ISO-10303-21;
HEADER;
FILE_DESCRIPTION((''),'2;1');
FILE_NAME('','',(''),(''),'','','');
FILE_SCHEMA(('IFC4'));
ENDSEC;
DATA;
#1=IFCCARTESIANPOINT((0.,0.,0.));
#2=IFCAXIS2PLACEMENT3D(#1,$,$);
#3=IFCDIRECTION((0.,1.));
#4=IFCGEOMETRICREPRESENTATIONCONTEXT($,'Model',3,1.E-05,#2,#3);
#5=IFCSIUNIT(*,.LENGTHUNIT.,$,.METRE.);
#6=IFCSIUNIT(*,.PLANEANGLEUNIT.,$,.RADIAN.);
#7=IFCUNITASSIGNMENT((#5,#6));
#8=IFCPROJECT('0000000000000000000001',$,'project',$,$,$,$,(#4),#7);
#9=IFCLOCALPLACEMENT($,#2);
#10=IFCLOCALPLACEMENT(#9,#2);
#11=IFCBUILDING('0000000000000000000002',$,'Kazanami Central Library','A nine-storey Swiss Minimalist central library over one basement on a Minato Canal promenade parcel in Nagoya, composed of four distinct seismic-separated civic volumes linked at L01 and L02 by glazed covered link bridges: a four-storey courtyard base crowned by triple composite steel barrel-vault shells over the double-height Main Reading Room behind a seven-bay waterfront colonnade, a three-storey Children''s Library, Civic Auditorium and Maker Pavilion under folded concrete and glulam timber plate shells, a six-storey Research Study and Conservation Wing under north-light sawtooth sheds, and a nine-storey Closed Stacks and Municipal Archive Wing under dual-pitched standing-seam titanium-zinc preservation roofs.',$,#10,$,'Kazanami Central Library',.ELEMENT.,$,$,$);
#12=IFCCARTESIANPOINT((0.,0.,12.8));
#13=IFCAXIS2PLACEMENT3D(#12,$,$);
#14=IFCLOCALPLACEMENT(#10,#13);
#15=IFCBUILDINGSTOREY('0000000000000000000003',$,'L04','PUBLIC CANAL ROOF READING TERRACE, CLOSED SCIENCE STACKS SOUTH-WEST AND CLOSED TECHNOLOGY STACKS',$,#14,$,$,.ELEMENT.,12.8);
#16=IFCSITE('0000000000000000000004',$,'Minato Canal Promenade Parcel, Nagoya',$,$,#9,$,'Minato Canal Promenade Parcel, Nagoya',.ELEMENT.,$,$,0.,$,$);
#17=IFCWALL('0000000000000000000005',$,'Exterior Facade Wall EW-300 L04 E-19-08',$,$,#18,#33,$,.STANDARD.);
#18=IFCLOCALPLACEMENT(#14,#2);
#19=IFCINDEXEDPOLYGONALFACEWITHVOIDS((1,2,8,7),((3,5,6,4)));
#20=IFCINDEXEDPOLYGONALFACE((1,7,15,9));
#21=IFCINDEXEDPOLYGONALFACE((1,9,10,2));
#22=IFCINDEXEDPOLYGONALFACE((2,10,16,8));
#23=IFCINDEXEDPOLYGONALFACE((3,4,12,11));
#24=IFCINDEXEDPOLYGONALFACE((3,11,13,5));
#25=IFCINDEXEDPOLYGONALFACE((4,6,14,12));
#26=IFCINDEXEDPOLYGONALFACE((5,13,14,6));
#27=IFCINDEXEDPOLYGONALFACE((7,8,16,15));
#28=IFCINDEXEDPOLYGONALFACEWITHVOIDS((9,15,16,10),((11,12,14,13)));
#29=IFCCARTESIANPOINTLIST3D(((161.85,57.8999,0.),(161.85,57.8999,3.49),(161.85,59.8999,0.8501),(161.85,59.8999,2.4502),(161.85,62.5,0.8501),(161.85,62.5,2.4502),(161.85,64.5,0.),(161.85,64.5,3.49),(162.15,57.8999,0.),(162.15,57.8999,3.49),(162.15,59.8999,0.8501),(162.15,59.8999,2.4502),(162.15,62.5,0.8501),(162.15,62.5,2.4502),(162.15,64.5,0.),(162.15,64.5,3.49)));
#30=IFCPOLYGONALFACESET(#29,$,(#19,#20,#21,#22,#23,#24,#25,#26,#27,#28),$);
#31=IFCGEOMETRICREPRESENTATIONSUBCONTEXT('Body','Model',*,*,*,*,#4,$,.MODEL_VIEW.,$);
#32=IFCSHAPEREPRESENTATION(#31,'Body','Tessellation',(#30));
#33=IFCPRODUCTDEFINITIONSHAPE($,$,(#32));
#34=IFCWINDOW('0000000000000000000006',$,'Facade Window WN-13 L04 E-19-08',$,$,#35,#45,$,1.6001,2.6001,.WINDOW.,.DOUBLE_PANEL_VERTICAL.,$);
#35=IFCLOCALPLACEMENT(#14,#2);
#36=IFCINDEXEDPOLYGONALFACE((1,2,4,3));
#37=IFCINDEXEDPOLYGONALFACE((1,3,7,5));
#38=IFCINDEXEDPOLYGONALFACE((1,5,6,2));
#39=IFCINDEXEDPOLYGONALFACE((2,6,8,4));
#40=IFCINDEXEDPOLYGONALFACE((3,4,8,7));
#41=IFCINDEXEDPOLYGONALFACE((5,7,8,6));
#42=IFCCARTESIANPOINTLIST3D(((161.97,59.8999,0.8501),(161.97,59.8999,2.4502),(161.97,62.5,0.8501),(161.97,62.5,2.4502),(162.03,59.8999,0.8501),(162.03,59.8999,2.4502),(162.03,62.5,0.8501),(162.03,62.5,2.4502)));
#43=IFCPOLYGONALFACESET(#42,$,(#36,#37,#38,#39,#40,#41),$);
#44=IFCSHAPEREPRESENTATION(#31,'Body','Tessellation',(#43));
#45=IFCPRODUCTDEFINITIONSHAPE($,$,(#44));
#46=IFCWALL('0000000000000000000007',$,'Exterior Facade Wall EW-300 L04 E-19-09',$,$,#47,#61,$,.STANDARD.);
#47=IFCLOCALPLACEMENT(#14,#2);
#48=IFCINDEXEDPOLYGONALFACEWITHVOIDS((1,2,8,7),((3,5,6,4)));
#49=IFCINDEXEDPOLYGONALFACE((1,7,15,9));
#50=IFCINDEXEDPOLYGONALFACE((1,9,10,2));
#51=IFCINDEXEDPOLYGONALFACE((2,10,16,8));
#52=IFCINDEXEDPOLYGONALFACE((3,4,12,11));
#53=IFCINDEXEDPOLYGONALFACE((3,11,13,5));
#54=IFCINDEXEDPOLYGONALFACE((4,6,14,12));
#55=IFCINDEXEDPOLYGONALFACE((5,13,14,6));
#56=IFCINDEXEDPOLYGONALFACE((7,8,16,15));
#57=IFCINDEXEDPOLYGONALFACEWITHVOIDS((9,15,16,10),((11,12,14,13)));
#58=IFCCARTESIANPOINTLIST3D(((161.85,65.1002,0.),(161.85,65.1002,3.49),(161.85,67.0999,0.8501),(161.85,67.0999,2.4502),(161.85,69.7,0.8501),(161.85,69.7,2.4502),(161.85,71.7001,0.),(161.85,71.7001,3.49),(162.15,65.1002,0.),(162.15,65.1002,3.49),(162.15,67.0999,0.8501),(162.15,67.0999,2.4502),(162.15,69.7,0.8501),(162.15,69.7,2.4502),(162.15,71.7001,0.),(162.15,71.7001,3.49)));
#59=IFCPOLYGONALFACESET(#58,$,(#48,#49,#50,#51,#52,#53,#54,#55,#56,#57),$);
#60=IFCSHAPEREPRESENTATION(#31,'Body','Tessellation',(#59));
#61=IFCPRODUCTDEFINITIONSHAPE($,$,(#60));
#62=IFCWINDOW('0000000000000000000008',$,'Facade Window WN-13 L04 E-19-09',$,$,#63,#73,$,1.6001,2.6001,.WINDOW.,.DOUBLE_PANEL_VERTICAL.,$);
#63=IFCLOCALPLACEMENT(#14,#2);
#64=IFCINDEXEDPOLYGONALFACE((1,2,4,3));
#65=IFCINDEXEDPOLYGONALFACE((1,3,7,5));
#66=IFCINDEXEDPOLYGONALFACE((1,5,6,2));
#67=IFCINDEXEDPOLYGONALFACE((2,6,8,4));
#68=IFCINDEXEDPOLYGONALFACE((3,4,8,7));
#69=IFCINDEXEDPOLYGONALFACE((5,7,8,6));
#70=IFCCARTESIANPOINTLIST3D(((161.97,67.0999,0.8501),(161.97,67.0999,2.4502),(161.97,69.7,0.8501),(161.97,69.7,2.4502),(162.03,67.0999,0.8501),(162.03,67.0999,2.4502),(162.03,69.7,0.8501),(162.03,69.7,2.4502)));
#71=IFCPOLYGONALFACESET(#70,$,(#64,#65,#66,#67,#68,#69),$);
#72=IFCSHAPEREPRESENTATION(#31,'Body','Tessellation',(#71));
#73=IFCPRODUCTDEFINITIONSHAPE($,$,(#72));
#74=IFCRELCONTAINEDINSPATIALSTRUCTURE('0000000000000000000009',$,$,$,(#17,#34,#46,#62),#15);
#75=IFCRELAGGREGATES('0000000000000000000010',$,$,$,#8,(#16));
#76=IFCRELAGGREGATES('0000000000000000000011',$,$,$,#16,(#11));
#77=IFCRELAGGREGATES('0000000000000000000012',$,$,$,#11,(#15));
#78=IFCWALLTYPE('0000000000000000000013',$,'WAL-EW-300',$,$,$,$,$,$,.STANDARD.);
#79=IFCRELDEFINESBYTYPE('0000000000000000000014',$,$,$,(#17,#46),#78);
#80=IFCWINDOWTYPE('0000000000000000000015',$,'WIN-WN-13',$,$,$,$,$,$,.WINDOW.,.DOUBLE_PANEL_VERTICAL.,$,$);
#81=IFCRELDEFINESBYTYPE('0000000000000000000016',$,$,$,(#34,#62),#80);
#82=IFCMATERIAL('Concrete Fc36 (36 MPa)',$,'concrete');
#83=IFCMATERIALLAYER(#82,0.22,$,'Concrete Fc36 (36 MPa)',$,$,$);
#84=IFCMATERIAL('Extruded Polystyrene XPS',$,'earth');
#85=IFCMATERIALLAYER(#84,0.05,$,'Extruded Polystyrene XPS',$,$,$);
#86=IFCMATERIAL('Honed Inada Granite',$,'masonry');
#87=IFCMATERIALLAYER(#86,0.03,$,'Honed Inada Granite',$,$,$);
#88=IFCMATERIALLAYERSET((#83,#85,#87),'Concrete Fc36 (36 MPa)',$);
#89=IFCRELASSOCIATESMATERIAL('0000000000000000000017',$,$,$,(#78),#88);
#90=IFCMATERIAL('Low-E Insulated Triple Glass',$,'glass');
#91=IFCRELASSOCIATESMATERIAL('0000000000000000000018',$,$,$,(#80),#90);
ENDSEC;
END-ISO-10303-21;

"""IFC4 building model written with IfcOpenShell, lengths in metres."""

from ifc_helpers import new_model, si_unit, direction, frame, frame_2d, origin, place, context, subcontext, project, spatial, rectangle, extrude, material, layer, layer_set, type_object, element, fill, save


model = new_model("IFC4")

# Units and contexts
model_context = context("Model", 3, precision=1e-05, world=origin(), true_north=direction((0.0, 1.0)))
body_context = subcontext(model_context, "Body", "Model", "MODEL_VIEW")
ifc_project = project(units=[si_unit("LENGTHUNIT", "METRE"), si_unit("PLANEANGLEUNIT", "RADIAN")], contexts=[model_context])

# Site, building, storey
site_placement = place(None, origin())
site = spatial("IfcSite", under=ifc_project, at=site_placement, Name="Minato Canal Promenade Parcel, Nagoya", LongName="Minato Canal Promenade Parcel, Nagoya", CompositionType="ELEMENT", RefElevation=0.0)
building_placement = place(site_placement, origin())
building = spatial("IfcBuilding", under=site, at=building_placement, Name="Kazanami Central Library", Description="A nine-storey Swiss Minimalist central library over one basement on a Minato Canal promenade parcel in Nagoya, composed of four distinct seismic-separated civic volumes linked at L01 and L02 by glazed covered link bridges: a four-storey courtyard base crowned by triple composite steel barrel-vault shells over the double-height Main Reading Room behind a seven-bay waterfront colonnade, a three-storey Children's Library, Civic Auditorium and Maker Pavilion under folded concrete and glulam timber plate shells, a six-storey Research Study and Conservation Wing under north-light sawtooth sheds, and a nine-storey Closed Stacks and Municipal Archive Wing under dual-pitched standing-seam titanium-zinc preservation roofs.", LongName="Kazanami Central Library", CompositionType="ELEMENT")
storey_placement = place(building_placement, frame((0.0, 0.0, 12.8)))
storey = spatial("IfcBuildingStorey", under=building, at=storey_placement, Name="L04", Description="PUBLIC CANAL ROOF READING TERRACE, CLOSED SCIENCE STACKS SOUTH-WEST AND CLOSED TECHNOLOGY STACKS", CompositionType="ELEMENT", Elevation=12.8)

# Walls, openings, windows
ifc_material_1 = material(Name="Concrete Fc36 (36 MPa)", Category="concrete")
ifc_layer_1 = layer(ifc_material_1, 0.22, Name="Concrete Fc36 (36 MPa)")
ifc_material_2 = material(Name="Extruded Polystyrene XPS", Category="earth")
ifc_layer_2 = layer(ifc_material_2, 0.05, Name="Extruded Polystyrene XPS")
ifc_material_3 = material(Name="Honed Inada Granite", Category="masonry")
ifc_layer_3 = layer(ifc_material_3, 0.03, Name="Honed Inada Granite")
ifc_layer_set = layer_set([ifc_layer_1, ifc_layer_2, ifc_layer_3], Name="Concrete Fc36 (36 MPa)")
wall_type = type_object("IfcWallType", Name="WAL-EW-300", PredefinedType="STANDARD", material=ifc_layer_set)
ifc_material_4 = material(Name="Low-E Insulated Triple Glass", Category="glass")
window_type = type_object("IfcWindowType", Name="WIN-WN-13", PartitioningType="DOUBLE_PANEL_VERTICAL", PredefinedType="WINDOW", material=ifc_material_4)
wall_1_placement = place(storey_placement, frame((162.0, 64.5, 0.0), z_axis=(0.0, 0.0, 1.0), x_axis=(0.0, -1.0, 0.0)))
wall_1 = element("IfcWall", 1, at=wall_1_placement, inside=storey, type_object=wall_type, Name="Exterior Facade Wall EW-300 L04 E-19-08", PredefinedType="STANDARD", context=body_context, shape_type="SweptSolid", body=[
    extrude(rectangle(XDim=6.6001, YDim=0.3, at=frame_2d((3.3, 0.0))), origin(), (0.0, 0.0, 1.0), 3.49),
])
opening_1_placement = place(wall_1_placement, frame((2.0, 0.0, 0.8501)))
opening_1 = element("IfcOpeningElement", 2, at=opening_1_placement, cuts=wall_1, PredefinedType="OPENING", context=body_context, shape_type="SweptSolid", body=[
    extrude(rectangle(XDim=2.6001, YDim=1.6001, at=frame_2d((1.3, 0.8))), frame((0.0, 0.1621, 0.0), z_axis=(0.0, -1.0, 0.0), x_axis=(1.0, 0.0, 0.0)), (0.0, 0.0, 1.0), 0.324),
])
window_1_placement = place(opening_1_placement, origin())
window_1 = element("IfcWindow", 3, at=window_1_placement, inside=storey, type_object=window_type, Name="Facade Window WN-13 L04 E-19-08", OverallHeight=1.6001, OverallWidth=2.6001, PartitioningType="DOUBLE_PANEL_VERTICAL", PredefinedType="WINDOW", context=body_context, shape_type="SweptSolid", body=[
    extrude(rectangle(XDim=2.6001, YDim=1.6001, at=frame_2d((1.3, 0.8))), frame((0.0, 0.03, 0.0), z_axis=(0.0, -1.0, 0.0), x_axis=(1.0, 0.0, 0.0)), (0.0, 0.0, 1.0), 0.0601),
])
fill(opening_1, window_1)
wall_2_placement = place(storey_placement, frame((162.0, 71.7, 0.0), z_axis=(0.0, 0.0, 1.0), x_axis=(0.0, -1.0, 0.0)))
wall_2 = element("IfcWall", 4, at=wall_2_placement, inside=storey, type_object=wall_type, Name="Exterior Facade Wall EW-300 L04 E-19-09", PredefinedType="STANDARD", context=body_context, shape_type="SweptSolid", body=[
    extrude(rectangle(XDim=6.5999, YDim=0.3, at=frame_2d((3.2998, 0.0))), origin(), (0.0, 0.0, 1.0), 3.49),
])
opening_2_placement = place(wall_2_placement, frame((2.0, 0.0, 0.8501)))
opening_2 = element("IfcOpeningElement", 5, at=opening_2_placement, cuts=wall_2, PredefinedType="OPENING", context=body_context, shape_type="SweptSolid", body=[
    extrude(rectangle(XDim=2.6001, YDim=1.6001, at=frame_2d((1.3, 0.8))), frame((0.0, 0.1621, 0.0), z_axis=(0.0, -1.0, 0.0), x_axis=(1.0, 0.0, 0.0)), (0.0, 0.0, 1.0), 0.324),
])
window_2_placement = place(opening_2_placement, origin())
window_2 = element("IfcWindow", 6, at=window_2_placement, inside=storey, type_object=window_type, Name="Facade Window WN-13 L04 E-19-09", OverallHeight=1.6001, OverallWidth=2.6001, PartitioningType="DOUBLE_PANEL_VERTICAL", PredefinedType="WINDOW", context=body_context, shape_type="SweptSolid", body=[
    extrude(rectangle(XDim=2.6001, YDim=1.6001, at=frame_2d((1.3, 0.8))), frame((0.0, 0.03, 0.0), z_axis=(0.0, -1.0, 0.0), x_axis=(1.0, 0.0, 0.0)), (0.0, 0.0, 1.0), 0.0601),
])
fill(opening_2, window_2)

save(model, "model.ifc")
